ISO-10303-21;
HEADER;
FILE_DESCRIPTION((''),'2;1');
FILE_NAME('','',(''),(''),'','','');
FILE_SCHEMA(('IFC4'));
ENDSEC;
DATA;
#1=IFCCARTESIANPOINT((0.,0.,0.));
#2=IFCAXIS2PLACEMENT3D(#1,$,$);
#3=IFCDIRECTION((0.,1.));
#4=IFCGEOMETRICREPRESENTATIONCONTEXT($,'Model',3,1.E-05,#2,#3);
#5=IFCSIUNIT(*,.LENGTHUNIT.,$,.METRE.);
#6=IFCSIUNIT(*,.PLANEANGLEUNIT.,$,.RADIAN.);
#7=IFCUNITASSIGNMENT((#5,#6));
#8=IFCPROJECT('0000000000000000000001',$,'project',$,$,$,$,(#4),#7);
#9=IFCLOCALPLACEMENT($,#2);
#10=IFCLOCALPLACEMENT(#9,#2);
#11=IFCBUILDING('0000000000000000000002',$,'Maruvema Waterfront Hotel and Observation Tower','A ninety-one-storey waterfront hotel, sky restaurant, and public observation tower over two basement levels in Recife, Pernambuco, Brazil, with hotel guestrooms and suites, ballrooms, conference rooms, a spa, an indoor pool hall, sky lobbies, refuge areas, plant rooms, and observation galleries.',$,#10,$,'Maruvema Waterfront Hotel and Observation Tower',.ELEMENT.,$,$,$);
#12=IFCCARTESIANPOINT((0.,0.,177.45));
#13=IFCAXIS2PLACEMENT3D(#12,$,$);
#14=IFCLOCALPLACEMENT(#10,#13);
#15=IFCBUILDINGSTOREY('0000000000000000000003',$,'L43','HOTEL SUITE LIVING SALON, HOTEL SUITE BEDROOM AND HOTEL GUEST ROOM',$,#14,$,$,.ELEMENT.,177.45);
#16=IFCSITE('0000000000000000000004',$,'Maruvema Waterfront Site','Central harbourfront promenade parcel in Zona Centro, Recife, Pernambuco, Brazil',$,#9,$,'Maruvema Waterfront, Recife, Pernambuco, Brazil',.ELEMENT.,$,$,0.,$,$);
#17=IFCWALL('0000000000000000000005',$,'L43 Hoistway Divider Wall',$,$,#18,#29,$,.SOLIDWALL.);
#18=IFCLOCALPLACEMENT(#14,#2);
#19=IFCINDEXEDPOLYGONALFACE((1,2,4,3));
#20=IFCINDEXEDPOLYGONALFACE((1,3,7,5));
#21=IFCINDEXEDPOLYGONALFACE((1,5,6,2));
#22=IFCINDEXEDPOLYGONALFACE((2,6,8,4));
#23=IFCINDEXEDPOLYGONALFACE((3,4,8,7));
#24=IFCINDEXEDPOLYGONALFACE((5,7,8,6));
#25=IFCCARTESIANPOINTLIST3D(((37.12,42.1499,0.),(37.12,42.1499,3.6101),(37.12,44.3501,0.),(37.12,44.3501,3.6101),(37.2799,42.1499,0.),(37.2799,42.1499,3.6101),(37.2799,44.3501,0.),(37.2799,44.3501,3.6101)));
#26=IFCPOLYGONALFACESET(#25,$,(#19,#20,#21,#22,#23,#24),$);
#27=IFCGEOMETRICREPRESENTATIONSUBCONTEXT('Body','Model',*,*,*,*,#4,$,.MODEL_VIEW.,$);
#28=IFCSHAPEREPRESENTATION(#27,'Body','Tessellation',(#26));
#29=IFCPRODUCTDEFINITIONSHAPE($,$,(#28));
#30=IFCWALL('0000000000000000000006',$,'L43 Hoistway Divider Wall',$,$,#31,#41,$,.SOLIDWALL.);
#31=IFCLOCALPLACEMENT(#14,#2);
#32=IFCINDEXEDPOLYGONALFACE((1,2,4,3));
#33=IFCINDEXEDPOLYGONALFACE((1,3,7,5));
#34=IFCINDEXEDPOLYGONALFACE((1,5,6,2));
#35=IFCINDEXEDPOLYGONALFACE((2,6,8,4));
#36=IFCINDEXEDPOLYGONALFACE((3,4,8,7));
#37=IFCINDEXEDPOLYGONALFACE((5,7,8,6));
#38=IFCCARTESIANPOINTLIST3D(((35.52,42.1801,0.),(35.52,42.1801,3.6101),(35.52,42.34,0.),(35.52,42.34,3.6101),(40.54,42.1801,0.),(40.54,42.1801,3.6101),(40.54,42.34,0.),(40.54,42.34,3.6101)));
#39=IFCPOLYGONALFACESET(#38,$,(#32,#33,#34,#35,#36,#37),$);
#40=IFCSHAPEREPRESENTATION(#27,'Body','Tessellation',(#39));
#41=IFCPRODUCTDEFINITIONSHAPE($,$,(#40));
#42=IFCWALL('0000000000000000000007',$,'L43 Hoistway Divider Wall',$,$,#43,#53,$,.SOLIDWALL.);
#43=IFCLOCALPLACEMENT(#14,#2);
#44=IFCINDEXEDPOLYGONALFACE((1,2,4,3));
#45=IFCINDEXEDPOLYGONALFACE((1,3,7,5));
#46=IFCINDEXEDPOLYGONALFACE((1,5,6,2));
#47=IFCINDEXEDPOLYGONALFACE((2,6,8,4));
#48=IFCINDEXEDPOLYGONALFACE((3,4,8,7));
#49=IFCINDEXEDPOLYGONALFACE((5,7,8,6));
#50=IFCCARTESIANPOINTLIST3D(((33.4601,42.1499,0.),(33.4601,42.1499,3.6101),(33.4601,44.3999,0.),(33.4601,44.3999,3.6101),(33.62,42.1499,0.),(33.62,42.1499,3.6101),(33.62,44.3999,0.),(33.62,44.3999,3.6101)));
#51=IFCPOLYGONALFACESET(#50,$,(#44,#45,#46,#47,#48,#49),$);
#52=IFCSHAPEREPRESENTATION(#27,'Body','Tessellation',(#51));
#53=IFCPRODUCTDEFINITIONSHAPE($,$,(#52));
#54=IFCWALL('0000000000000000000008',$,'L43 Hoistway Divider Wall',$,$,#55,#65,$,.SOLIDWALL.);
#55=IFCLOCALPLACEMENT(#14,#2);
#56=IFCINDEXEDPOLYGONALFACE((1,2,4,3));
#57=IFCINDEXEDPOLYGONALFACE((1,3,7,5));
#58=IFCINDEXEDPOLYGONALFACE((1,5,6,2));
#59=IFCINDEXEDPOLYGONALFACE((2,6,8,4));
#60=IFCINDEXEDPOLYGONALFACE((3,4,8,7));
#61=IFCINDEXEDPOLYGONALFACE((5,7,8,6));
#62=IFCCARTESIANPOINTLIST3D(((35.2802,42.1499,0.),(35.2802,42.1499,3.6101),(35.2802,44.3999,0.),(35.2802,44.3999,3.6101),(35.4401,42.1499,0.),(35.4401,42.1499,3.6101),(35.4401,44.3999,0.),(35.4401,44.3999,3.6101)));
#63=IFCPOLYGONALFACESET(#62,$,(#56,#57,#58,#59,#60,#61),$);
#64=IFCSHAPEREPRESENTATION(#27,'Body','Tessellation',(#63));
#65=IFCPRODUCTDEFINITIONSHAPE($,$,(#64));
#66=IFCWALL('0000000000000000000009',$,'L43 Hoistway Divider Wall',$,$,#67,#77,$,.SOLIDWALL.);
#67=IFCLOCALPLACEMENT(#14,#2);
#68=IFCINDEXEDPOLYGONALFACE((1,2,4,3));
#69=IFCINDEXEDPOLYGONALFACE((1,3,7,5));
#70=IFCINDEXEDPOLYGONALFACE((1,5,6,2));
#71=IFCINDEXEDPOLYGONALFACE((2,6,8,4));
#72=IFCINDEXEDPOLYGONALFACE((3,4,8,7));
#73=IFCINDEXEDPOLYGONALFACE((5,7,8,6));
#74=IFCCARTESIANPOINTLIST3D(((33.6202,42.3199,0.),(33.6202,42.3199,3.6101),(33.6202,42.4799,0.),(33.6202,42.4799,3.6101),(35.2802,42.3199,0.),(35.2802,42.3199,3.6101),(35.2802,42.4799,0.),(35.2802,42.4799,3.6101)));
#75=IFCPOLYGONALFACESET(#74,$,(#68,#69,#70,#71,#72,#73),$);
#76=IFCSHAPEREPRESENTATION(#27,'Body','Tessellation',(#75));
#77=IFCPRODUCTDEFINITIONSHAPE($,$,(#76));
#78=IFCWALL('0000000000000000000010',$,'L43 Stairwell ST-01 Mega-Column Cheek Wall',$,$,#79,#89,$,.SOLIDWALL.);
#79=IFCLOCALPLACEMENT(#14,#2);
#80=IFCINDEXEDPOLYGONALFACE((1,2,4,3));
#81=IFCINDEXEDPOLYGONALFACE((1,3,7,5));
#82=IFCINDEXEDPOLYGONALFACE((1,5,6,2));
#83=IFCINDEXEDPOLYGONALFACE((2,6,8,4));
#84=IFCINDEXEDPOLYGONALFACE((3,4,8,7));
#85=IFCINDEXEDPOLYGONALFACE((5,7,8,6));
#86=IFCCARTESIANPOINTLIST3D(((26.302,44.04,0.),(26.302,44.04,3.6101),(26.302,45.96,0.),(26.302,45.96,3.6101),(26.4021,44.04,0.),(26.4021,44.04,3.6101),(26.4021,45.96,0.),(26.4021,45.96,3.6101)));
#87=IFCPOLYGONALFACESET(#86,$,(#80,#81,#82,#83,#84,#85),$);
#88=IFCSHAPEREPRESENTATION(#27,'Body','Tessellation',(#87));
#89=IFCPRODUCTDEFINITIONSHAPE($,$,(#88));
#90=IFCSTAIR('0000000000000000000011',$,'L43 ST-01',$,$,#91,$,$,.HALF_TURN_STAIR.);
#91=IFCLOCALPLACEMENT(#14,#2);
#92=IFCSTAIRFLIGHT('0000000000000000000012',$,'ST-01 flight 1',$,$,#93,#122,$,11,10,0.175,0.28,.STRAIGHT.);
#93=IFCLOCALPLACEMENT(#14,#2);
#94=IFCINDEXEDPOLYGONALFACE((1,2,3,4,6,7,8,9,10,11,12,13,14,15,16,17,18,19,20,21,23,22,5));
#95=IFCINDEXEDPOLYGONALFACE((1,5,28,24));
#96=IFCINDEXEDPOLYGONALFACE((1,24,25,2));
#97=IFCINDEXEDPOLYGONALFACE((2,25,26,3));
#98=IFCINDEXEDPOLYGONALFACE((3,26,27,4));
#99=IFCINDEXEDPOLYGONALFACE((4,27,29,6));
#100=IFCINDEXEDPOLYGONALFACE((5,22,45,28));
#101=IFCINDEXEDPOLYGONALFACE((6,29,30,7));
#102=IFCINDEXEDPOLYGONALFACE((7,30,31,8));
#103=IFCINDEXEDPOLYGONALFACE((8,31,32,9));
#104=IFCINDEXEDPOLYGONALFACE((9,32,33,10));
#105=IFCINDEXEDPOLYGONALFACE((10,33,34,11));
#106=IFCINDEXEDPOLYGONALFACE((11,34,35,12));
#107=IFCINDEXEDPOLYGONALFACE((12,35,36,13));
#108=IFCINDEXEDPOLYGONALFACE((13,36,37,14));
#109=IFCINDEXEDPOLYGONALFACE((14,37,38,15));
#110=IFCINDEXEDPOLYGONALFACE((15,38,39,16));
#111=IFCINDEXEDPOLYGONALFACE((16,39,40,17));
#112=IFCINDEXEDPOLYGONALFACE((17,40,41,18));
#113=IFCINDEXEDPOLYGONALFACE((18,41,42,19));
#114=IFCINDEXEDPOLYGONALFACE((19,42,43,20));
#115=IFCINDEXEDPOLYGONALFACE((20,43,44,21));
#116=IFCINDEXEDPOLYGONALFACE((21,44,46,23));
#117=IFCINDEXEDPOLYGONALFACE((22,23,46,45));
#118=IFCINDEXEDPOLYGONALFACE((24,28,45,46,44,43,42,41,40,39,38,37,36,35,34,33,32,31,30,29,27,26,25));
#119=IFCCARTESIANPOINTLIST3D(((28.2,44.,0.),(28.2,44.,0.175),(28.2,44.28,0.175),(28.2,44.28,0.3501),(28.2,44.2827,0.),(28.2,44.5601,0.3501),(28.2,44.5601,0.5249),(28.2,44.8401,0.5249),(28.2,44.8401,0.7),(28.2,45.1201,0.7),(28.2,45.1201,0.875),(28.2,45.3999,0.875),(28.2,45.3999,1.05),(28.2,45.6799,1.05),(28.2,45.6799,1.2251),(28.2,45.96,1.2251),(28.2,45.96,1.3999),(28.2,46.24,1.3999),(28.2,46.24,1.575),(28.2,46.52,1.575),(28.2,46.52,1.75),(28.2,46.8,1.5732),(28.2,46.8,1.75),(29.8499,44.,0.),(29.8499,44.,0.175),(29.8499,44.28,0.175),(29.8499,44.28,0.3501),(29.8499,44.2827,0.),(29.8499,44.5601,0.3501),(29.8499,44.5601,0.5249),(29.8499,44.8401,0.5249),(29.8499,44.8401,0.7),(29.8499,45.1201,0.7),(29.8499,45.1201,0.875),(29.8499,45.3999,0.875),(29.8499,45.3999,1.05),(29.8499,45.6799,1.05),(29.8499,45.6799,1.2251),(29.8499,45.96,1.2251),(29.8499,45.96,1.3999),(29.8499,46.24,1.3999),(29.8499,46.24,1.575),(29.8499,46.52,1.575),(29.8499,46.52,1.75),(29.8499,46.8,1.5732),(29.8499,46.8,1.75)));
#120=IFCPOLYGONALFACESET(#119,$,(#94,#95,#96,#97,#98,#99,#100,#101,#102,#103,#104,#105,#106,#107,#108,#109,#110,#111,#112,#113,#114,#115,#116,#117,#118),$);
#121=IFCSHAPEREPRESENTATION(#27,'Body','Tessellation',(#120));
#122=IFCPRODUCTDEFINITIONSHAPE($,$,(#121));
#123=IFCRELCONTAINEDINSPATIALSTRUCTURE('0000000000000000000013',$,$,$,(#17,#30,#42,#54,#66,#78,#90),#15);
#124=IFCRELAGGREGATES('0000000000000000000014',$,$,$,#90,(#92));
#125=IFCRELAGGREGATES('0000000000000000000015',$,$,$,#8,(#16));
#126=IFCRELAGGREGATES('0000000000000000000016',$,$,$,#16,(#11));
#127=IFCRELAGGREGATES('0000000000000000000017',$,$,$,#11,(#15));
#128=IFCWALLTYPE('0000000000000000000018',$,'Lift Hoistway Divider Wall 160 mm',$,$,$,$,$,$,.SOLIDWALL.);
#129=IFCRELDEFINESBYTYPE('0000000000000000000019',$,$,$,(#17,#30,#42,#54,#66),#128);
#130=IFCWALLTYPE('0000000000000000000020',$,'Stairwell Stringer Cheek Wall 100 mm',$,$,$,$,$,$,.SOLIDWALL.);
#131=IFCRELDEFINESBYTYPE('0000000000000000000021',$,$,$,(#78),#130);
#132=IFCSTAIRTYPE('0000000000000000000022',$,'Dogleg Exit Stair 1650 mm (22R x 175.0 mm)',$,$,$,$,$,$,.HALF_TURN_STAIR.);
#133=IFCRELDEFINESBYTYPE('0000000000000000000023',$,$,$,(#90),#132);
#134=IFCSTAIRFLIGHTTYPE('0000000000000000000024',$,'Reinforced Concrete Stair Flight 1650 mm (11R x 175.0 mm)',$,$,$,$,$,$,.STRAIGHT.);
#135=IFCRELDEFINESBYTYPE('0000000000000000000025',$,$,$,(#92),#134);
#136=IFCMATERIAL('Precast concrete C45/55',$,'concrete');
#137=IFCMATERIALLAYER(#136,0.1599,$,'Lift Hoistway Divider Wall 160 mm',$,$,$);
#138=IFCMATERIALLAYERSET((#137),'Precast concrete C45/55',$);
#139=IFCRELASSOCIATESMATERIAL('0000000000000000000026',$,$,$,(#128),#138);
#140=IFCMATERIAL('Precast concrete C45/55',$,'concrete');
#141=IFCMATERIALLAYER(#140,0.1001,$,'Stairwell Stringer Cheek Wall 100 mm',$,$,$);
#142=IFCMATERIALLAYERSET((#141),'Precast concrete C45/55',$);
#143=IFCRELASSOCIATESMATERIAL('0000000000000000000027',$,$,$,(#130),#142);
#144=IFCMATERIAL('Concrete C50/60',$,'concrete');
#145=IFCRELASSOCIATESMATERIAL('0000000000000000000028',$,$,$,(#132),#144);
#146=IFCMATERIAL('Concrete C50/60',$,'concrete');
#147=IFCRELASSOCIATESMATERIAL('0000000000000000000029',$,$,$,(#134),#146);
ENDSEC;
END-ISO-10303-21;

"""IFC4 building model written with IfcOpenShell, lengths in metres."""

from ifc_helpers import new_model, si_unit, direction, frame, frame_2d, origin, place, context, subcontext, project, spatial, polyline, rectangle, outline, extrude, material, layer, layer_set, type_object, element, aggregate, save


model = new_model("IFC4")

# Units and contexts
model_context = context("Model", 3, precision=1e-05, world=origin(), true_north=direction((0.0, 1.0)))
body_context = subcontext(model_context, "Body", "Model", "MODEL_VIEW")
ifc_project = project(units=[si_unit("LENGTHUNIT", "METRE"), si_unit("PLANEANGLEUNIT", "RADIAN")], contexts=[model_context])

# Site, building, storey
site_placement = place(None, origin())
site = spatial("IfcSite", under=ifc_project, at=site_placement, Name="Maruvema Waterfront Site", Description="Central harbourfront promenade parcel in Zona Centro, Recife, Pernambuco, Brazil", LongName="Maruvema Waterfront, Recife, Pernambuco, Brazil", CompositionType="ELEMENT", RefElevation=0.0)
building_placement = place(site_placement, origin())
building = spatial("IfcBuilding", under=site, at=building_placement, Name="Maruvema Waterfront Hotel and Observation Tower", Description="A ninety-one-storey waterfront hotel, sky restaurant, and public observation tower over two basement levels in Recife, Pernambuco, Brazil, with hotel guestrooms and suites, ballrooms, conference rooms, a spa, an indoor pool hall, sky lobbies, refuge areas, plant rooms, and observation galleries.", LongName="Maruvema Waterfront Hotel and Observation Tower", CompositionType="ELEMENT")
storey_placement = place(building_placement, frame((0.0, 0.0, 177.45)))
storey = spatial("IfcBuildingStorey", under=building, at=storey_placement, Name="L43", Description="HOTEL SUITE LIVING SALON, HOTEL SUITE BEDROOM AND HOTEL GUEST ROOM", CompositionType="ELEMENT", Elevation=177.45)

# Walls
ifc_material_1 = material(Name="Precast concrete C45/55", Category="concrete")
ifc_layer_1 = layer(ifc_material_1, 0.1599, Name="Lift Hoistway Divider Wall 160 mm")
ifc_layer_set_1 = layer_set([ifc_layer_1], Name="Precast concrete C45/55")
wall_type_1 = type_object("IfcWallType", Name="Lift Hoistway Divider Wall 160 mm", PredefinedType="SOLIDWALL", material=ifc_layer_set_1)
wall_1_placement = place(storey_placement, frame((37.2, 42.1499, 0.0), z_axis=(0.0, 0.0, 1.0), x_axis=(0.0, 1.0, 0.0)))
element("IfcWall", 1, at=wall_1_placement, inside=storey, type_object=wall_type_1, Name="L43 Hoistway Divider Wall", PredefinedType="SOLIDWALL", context=body_context, shape_type="SweptSolid", body=[
    extrude(rectangle(XDim=2.2002, YDim=0.1599, at=frame_2d((1.1001, 0.0))), origin(), (0.0, 0.0, 1.0), 3.6101),
])
wall_2_placement = place(storey_placement, frame((35.52, 42.26, 0.0), z_axis=(0.0, 0.0, 1.0), x_axis=(1.0, 0.0, 0.0)))
element("IfcWall", 2, at=wall_2_placement, inside=storey, type_object=wall_type_1, Name="L43 Hoistway Divider Wall", PredefinedType="SOLIDWALL", context=body_context, shape_type="SweptSolid", body=[
    extrude(rectangle(XDim=5.02, YDim=0.1599, at=frame_2d((2.51, 0.0))), origin(), (0.0, 0.0, 1.0), 3.6101),
])
for number, where, z_axis, x_axis, name in (
    (3, (33.54, 42.1499, 0.0), (0.0, 0.0, 1.0), (0.0, 1.0, 0.0), "L43 Hoistway Divider Wall"),
    (4, (35.3601, 42.1499, 0.0), (0.0, 0.0, 1.0), (0.0, 1.0, 0.0), "L43 Hoistway Divider Wall"),
):
    element("IfcWall", number, at=place(storey_placement, frame(where, z_axis=z_axis, x_axis=x_axis)), inside=storey, type_object=wall_type_1, Name=name, PredefinedType="SOLIDWALL", context=body_context, shape_type="SweptSolid", body=[
        extrude(rectangle(XDim=2.25, YDim=0.1599, at=frame_2d((1.125, 0.0))), origin(), (0.0, 0.0, 1.0), 3.6101),
    ])
wall_3_placement = place(storey_placement, frame((33.6201, 42.3999, 0.0), z_axis=(0.0, 0.0, 1.0), x_axis=(1.0, 0.0, 0.0)))
element("IfcWall", 5, at=wall_3_placement, inside=storey, type_object=wall_type_1, Name="L43 Hoistway Divider Wall", PredefinedType="SOLIDWALL", context=body_context, shape_type="SweptSolid", body=[
    extrude(rectangle(XDim=1.6599, YDim=0.1599, at=frame_2d((0.8301, 0.0))), origin(), (0.0, 0.0, 1.0), 3.6101),
])
ifc_material_2 = material(Name="Precast concrete C45/55", Category="concrete")
ifc_layer_2 = layer(ifc_material_2, 0.1001, Name="Stairwell Stringer Cheek Wall 100 mm")
ifc_layer_set_2 = layer_set([ifc_layer_2], Name="Precast concrete C45/55")
wall_type_2 = type_object("IfcWallType", Name="Stairwell Stringer Cheek Wall 100 mm", PredefinedType="SOLIDWALL", material=ifc_layer_set_2)
wall_4_placement = place(storey_placement, frame((26.3521, 44.04, 0.0), z_axis=(0.0, 0.0, 1.0), x_axis=(0.0, 1.0, 0.0)))
element("IfcWall", 6, at=wall_4_placement, inside=storey, type_object=wall_type_2, Name="L43 Stairwell ST-01 Mega-Column Cheek Wall", PredefinedType="SOLIDWALL", context=body_context, shape_type="SweptSolid", body=[
    extrude(rectangle(XDim=1.9199, YDim=0.1001, at=frame_2d((0.96, 0.0))), origin(), (0.0, 0.0, 1.0), 3.6101),
])

# Stair, stair flight
ifc_material_3 = material(Name="Concrete C50/60", Category="concrete")
stair_type = type_object("IfcStairType", Name="Dogleg Exit Stair 1650 mm (22R x 175.0 mm)", PredefinedType="HALF_TURN_STAIR", material=ifc_material_3)
stair_placement = place(storey_placement, origin())
stair = element("IfcStair", 7, at=stair_placement, inside=storey, type_object=stair_type, Name="L43 ST-01", PredefinedType="HALF_TURN_STAIR")
ifc_material_4 = material(Name="Concrete C50/60", Category="concrete")
stair_flight_type = type_object("IfcStairFlightType", Name="Reinforced Concrete Stair Flight 1650 mm (11R x 175.0 mm)", PredefinedType="STRAIGHT", material=ifc_material_4)
stair_flight_placement = place(storey_placement, frame((29.0249, 44.0, 0.0), z_axis=(0.0, 0.0, 1.0), x_axis=(0.0, 1.0, 0.0)))
stair_flight = element("IfcStairFlight", 8, at=stair_flight_placement, type_object=stair_flight_type, Name="ST-01 flight 1", NumberOfRisers=11, NumberOfTreads=10, PredefinedType="STRAIGHT", RiserHeight=0.175, TreadLength=0.28, context=body_context, shape_type="SweptSolid", body=[
    extrude(outline(polyline([(0.0, 0.0), (0.0, 0.175), (0.28, 0.175), (0.28, 0.3501), (0.5601, 0.3501), (0.5601, 0.5249), (0.8401, 0.5249), (0.8401, 0.7), (1.1201, 0.7), (1.1201, 0.875), (1.3999, 0.875), (1.3999, 1.05), (1.6799, 1.05), (1.6799, 1.2251), (1.96, 1.2251), (1.96, 1.3999), (2.24, 1.3999), (2.24, 1.575), (2.52, 1.575), (2.52, 1.75), (2.8, 1.75), (2.8, 1.925), (2.8, 1.5732), (0.2827, 0.0), (0.0, 0.0)])), frame((0.0, 0.825, 0.0), z_axis=(0.0, -1.0, 0.0), x_axis=(1.0, 0.0, 0.0)), (0.0, 0.0, 1.0), 1.6499),
])
aggregate(stair, [stair_flight])

save(model, "model.ifc")
